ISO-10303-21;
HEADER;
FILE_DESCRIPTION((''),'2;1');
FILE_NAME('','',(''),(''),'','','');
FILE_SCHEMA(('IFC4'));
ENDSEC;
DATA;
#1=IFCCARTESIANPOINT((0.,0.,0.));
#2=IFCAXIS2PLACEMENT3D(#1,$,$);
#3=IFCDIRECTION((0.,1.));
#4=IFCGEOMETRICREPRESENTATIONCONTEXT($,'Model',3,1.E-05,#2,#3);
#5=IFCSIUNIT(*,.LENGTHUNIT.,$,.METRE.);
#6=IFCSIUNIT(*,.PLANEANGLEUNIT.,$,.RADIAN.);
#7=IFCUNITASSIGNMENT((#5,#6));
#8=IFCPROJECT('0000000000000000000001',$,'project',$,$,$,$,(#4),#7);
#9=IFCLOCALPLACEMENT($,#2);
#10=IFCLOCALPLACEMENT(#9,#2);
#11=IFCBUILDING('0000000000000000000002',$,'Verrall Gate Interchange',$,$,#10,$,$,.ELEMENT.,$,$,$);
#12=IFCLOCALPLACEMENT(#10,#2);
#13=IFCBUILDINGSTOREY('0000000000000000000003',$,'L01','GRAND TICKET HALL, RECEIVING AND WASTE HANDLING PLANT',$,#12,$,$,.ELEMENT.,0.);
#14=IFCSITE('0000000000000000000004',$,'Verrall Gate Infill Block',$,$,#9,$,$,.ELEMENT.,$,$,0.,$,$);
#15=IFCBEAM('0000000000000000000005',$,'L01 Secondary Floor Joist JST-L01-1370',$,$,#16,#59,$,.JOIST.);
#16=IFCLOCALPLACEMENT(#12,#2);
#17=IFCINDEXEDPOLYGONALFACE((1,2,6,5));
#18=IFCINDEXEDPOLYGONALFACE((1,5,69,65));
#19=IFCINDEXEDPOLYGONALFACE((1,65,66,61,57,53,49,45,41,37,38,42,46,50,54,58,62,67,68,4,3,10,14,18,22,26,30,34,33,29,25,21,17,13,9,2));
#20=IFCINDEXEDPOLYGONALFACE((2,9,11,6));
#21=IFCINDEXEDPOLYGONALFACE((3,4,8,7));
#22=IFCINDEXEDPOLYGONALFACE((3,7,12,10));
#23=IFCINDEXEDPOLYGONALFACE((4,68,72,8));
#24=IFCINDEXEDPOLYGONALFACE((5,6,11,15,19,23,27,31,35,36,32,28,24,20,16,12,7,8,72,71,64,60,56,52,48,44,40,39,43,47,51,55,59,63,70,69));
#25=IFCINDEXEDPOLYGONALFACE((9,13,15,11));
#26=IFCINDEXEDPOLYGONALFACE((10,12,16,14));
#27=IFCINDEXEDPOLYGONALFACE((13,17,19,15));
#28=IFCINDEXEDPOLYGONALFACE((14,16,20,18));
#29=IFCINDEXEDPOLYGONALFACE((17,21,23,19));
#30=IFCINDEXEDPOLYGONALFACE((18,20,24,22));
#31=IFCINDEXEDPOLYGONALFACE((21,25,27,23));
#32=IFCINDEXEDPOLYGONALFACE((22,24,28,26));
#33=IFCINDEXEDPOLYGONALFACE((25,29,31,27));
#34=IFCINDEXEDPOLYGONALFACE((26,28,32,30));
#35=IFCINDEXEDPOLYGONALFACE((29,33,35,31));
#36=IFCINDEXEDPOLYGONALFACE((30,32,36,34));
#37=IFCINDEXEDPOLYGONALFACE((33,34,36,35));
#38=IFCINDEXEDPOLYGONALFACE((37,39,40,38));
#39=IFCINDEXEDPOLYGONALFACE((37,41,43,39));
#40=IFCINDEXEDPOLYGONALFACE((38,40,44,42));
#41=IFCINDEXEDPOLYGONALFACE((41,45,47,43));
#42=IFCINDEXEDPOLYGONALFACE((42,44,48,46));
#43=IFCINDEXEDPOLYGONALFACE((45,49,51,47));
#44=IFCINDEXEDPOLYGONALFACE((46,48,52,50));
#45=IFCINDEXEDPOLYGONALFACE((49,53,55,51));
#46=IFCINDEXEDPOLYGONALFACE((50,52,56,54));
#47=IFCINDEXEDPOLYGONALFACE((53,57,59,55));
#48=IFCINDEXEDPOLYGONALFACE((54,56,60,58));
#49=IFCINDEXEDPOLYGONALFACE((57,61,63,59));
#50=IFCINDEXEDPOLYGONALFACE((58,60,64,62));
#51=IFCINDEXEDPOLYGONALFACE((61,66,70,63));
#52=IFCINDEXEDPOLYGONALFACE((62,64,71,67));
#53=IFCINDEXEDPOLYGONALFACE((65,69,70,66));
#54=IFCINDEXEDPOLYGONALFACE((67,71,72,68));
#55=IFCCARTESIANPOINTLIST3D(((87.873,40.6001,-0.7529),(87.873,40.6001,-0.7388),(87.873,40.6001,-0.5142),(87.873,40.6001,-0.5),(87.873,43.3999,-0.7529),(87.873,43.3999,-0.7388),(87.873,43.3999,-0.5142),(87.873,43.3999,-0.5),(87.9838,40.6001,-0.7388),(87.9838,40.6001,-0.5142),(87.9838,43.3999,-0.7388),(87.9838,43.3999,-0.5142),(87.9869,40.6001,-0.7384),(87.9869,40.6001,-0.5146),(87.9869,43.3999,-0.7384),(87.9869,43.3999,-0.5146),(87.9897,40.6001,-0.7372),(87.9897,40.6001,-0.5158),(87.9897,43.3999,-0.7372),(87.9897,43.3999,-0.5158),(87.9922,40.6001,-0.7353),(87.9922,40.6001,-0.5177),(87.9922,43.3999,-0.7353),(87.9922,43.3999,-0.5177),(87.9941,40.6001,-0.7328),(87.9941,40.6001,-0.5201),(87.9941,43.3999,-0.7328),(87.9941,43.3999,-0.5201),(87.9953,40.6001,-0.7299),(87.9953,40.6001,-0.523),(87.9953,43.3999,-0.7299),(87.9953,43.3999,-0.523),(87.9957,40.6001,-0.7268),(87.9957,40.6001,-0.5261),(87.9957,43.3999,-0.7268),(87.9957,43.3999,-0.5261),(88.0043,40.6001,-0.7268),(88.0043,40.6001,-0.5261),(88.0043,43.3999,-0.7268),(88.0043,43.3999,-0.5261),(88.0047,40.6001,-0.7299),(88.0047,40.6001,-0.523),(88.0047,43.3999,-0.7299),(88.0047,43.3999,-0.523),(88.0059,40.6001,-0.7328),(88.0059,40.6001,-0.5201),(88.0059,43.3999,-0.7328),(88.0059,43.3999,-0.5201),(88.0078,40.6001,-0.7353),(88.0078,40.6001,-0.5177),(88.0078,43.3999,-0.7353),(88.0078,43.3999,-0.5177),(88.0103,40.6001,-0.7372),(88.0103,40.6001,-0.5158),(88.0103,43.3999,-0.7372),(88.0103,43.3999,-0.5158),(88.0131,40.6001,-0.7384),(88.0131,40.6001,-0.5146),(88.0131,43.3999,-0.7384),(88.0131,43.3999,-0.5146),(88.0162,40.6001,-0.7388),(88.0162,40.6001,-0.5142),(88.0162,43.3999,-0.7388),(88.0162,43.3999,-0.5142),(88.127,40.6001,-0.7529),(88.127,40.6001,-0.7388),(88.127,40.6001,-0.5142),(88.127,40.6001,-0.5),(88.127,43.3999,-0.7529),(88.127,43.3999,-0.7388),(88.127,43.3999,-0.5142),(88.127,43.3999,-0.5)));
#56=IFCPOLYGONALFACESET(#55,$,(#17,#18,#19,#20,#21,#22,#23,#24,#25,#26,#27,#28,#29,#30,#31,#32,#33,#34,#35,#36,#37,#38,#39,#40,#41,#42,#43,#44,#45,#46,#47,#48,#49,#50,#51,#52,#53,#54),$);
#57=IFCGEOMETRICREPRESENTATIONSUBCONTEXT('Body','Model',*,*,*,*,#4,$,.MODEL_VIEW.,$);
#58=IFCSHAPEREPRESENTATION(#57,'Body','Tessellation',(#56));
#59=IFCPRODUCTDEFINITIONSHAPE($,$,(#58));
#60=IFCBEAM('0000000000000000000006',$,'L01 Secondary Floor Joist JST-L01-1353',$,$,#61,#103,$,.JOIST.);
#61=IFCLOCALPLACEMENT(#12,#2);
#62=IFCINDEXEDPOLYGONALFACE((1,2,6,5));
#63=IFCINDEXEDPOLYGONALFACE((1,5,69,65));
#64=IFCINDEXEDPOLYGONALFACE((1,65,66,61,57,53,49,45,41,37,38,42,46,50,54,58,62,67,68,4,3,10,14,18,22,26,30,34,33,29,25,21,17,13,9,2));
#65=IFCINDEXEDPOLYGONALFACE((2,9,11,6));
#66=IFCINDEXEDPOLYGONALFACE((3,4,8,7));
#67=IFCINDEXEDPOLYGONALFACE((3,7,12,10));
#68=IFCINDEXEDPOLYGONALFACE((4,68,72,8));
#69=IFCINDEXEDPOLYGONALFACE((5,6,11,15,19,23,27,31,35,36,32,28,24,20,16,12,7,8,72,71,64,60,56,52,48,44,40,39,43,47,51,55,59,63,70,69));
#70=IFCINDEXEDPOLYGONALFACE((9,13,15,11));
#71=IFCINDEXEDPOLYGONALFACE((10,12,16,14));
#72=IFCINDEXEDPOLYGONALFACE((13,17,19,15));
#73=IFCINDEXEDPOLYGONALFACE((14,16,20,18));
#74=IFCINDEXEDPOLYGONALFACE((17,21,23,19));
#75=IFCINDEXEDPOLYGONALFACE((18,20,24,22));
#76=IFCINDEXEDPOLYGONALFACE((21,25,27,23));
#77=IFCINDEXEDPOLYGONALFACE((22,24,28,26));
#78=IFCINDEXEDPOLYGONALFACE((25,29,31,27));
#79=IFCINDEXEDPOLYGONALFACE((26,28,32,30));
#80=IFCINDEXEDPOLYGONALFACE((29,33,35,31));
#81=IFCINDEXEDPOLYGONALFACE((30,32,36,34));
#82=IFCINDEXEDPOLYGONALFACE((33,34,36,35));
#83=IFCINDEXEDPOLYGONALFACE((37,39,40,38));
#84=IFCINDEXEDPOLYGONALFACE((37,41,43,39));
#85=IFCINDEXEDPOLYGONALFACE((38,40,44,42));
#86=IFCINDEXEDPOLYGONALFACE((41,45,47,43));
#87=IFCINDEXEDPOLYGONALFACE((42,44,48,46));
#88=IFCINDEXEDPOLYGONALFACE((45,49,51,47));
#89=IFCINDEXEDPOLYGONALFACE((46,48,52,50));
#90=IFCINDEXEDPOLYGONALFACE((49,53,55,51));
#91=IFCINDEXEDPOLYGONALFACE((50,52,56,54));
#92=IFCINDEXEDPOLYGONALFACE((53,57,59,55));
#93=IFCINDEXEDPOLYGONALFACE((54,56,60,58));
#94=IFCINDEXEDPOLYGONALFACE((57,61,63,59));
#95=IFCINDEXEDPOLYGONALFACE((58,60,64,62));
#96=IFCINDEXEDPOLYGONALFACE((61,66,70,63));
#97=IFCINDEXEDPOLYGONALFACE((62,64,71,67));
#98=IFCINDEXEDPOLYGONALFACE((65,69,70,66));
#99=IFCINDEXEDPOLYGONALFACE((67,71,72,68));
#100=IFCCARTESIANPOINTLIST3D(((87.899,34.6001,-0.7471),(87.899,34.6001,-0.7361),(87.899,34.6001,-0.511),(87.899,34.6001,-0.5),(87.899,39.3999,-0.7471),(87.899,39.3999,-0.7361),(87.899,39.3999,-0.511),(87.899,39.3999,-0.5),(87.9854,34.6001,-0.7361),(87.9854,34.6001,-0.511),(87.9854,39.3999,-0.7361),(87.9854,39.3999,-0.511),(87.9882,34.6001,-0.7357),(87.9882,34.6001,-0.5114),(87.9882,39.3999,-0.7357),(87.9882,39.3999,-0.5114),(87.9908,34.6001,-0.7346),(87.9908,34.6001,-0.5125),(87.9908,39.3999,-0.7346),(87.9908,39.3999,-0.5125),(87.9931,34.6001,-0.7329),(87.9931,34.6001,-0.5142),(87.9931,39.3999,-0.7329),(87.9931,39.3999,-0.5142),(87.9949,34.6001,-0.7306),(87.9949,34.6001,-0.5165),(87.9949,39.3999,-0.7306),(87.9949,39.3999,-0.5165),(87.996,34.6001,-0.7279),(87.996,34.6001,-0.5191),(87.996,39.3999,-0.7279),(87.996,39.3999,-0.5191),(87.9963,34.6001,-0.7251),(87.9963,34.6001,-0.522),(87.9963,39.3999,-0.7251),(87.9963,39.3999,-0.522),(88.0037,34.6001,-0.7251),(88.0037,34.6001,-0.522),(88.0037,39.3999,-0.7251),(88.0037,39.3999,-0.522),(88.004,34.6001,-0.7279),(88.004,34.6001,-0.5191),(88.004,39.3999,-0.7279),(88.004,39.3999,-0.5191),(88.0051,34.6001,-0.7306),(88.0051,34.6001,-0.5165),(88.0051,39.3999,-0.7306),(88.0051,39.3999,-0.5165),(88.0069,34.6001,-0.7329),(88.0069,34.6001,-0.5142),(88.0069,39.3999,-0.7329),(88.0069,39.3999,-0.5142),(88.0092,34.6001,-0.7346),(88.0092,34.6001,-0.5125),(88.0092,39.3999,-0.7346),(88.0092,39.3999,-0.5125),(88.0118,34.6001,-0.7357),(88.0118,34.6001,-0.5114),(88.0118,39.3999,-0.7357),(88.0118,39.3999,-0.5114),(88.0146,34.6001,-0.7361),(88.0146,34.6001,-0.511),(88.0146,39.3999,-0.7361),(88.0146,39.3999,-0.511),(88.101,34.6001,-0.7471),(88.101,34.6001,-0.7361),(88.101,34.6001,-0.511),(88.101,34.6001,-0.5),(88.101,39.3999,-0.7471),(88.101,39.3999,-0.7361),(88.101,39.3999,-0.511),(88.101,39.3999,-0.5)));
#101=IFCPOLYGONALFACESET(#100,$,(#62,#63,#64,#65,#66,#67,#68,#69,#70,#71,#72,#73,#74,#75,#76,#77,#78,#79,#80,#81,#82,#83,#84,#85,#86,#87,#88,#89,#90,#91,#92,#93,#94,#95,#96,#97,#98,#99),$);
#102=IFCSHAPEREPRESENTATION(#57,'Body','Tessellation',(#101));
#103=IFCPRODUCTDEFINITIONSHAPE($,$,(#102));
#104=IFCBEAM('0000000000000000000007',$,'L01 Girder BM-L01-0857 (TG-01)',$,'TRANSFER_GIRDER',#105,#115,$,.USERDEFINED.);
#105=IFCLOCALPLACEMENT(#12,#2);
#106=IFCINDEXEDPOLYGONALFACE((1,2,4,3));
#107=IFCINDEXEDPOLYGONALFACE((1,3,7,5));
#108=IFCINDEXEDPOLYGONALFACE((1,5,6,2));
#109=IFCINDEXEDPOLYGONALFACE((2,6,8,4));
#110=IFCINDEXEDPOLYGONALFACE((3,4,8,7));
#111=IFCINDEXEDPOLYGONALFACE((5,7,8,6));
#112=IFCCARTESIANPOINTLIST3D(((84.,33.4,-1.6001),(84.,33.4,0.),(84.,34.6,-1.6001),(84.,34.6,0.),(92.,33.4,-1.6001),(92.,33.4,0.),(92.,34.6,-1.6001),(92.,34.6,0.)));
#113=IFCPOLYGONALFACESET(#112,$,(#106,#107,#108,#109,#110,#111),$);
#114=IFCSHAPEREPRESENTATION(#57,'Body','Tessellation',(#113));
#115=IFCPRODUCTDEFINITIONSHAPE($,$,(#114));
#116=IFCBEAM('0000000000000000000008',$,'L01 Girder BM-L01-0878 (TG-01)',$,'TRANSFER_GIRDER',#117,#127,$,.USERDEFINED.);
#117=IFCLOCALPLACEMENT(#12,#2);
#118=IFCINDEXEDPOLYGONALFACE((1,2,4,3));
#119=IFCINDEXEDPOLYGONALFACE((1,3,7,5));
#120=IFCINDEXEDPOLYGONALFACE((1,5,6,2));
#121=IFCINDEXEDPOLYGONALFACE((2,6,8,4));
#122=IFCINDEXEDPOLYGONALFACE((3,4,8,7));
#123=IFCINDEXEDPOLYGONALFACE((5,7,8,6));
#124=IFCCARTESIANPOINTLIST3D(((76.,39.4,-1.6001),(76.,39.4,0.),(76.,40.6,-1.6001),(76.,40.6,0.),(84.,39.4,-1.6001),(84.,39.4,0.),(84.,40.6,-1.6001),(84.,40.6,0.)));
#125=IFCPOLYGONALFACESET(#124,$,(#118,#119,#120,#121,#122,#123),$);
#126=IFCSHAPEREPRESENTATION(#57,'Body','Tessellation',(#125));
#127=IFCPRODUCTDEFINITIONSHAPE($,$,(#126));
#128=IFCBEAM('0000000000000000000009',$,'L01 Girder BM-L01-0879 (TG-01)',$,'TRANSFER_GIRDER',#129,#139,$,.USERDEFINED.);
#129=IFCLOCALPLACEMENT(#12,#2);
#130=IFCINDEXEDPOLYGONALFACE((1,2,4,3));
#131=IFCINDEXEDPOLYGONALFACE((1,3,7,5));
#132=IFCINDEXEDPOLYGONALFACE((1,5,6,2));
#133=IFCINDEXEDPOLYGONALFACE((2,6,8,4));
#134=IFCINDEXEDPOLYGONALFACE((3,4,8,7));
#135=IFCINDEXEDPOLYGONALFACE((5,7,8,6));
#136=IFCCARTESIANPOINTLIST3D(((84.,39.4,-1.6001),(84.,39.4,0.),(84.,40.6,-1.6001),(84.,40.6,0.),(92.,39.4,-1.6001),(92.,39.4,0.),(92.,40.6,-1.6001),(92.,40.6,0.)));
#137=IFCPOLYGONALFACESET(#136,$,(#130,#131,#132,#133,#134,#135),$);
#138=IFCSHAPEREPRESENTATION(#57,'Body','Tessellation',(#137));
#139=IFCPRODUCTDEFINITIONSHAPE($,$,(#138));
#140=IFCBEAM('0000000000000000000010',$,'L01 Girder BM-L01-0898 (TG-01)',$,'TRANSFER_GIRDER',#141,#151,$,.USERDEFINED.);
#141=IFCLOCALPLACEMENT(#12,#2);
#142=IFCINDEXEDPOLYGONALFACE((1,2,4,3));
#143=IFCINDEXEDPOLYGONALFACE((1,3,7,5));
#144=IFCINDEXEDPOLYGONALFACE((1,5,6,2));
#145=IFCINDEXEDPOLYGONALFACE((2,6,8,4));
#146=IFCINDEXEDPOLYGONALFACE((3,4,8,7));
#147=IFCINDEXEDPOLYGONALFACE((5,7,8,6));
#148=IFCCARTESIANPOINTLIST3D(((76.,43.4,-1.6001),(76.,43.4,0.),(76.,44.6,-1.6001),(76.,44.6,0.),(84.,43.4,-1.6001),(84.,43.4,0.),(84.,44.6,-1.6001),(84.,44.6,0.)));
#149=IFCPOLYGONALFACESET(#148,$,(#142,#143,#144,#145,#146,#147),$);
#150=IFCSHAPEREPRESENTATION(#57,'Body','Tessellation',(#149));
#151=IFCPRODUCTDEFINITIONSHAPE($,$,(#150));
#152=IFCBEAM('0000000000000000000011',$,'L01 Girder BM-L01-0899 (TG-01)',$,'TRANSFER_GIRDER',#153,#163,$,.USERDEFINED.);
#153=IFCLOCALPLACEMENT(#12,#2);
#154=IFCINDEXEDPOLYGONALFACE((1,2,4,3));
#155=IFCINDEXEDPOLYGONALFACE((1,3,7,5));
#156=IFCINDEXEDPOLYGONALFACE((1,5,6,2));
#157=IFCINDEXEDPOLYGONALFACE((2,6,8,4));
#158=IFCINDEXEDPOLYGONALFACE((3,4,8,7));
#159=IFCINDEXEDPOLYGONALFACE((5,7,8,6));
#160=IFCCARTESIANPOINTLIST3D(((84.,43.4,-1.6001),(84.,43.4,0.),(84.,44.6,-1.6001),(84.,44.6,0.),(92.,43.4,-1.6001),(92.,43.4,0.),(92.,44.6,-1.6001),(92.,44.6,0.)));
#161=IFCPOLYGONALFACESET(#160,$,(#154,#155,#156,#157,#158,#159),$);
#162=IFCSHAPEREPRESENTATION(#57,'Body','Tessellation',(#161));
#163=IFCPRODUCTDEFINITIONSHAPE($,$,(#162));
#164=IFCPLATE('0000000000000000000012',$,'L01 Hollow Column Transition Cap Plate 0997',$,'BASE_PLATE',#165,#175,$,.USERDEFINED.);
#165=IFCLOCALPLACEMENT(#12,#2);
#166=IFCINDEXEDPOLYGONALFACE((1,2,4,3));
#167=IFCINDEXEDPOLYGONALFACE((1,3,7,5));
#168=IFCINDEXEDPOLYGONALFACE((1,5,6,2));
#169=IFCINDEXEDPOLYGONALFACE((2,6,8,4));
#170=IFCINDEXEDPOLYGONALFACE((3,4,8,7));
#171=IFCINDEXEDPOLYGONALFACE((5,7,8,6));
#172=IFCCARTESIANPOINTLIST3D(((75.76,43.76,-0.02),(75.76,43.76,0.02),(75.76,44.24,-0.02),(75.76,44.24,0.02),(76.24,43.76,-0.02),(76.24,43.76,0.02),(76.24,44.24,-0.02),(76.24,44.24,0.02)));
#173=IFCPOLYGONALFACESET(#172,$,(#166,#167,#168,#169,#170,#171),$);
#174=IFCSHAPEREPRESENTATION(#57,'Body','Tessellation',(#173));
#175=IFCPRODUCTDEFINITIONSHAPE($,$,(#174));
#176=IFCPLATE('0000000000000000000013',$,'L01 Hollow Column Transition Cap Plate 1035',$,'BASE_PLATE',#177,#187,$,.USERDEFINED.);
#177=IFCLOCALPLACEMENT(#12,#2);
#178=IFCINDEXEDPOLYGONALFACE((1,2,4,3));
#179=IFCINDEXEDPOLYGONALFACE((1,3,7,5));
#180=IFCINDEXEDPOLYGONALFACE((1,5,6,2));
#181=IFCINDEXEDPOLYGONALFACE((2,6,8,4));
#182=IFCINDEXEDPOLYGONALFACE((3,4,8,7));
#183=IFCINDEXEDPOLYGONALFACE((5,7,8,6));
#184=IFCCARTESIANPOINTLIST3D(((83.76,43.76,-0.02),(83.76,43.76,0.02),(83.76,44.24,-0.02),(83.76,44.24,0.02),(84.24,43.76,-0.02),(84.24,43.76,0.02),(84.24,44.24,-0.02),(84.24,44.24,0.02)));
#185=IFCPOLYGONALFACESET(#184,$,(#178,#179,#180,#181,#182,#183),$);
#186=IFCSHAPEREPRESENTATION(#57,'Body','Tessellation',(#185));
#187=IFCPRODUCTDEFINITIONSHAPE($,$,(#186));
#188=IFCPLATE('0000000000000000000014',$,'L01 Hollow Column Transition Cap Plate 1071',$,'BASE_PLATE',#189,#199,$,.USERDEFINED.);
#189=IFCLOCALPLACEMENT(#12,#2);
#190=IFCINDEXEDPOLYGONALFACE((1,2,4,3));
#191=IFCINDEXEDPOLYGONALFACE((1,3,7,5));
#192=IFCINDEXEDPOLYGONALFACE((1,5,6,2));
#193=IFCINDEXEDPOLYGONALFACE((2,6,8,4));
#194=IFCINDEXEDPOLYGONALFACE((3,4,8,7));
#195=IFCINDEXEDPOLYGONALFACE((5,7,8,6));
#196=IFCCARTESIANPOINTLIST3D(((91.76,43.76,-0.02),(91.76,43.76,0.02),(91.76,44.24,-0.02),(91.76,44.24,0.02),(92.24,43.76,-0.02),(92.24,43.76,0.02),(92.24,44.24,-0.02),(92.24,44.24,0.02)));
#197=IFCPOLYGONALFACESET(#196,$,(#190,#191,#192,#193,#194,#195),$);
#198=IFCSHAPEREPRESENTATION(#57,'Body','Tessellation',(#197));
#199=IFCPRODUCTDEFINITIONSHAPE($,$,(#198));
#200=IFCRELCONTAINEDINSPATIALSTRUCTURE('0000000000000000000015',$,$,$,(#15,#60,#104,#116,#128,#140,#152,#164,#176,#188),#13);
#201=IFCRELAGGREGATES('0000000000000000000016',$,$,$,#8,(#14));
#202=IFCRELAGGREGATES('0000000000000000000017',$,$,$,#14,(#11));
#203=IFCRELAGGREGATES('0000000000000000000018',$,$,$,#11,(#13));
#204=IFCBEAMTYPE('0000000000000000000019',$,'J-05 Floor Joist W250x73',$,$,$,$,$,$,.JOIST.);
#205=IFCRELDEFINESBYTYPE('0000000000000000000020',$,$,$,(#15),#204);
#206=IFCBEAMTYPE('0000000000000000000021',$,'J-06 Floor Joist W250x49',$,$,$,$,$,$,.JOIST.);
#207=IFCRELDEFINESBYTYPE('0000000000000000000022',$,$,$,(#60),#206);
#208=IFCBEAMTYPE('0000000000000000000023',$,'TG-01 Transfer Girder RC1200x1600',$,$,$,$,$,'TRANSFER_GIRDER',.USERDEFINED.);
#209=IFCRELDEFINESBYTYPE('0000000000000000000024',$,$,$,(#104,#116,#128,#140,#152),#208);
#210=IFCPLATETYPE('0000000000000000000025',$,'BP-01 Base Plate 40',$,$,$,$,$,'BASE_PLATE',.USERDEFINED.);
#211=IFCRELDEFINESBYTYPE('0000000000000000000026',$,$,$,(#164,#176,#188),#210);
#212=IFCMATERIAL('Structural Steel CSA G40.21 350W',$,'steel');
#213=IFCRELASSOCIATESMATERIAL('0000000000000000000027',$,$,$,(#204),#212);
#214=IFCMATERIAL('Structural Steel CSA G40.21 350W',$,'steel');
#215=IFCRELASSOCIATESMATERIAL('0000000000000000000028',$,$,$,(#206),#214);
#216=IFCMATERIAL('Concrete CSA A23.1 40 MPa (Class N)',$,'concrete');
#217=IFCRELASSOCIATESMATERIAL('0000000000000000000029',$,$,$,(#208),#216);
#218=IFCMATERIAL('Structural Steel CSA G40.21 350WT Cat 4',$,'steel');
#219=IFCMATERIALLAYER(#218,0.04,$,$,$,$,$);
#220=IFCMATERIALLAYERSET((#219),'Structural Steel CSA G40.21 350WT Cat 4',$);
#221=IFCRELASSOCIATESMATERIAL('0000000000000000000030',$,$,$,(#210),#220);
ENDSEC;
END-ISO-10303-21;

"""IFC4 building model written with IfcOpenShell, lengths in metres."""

from ifc_helpers import new_model, si_unit, direction, frame, origin, origin_2d, place, context, subcontext, project, spatial, rectangle, i_section, extrude, material, layer, layer_set, material_profile, profile_set, type_object, element, save


model = new_model("IFC4")

# Units and contexts
model_context = context("Model", 3, precision=1e-05, world=origin(), true_north=direction((0.0, 1.0)))
body_context = subcontext(model_context, "Body", "Model", "MODEL_VIEW")
ifc_project = project(units=[si_unit("LENGTHUNIT", "METRE"), si_unit("PLANEANGLEUNIT", "RADIAN")], contexts=[model_context])

# Site, building, storey
site_placement = place(None, origin())
site = spatial("IfcSite", under=ifc_project, at=site_placement, Name="Verrall Gate Infill Block", CompositionType="ELEMENT", RefElevation=0.0)
building_placement = place(site_placement, origin())
building = spatial("IfcBuilding", under=site, at=building_placement, Name="Verrall Gate Interchange", CompositionType="ELEMENT")
storey_placement = place(building_placement, origin())
storey = spatial("IfcBuildingStorey", under=building, at=storey_placement, Name="L01", Description="GRAND TICKET HALL, RECEIVING AND WASTE HANDLING PLANT", CompositionType="ELEMENT", Elevation=0.0)

# Beams
ifc_material_1 = material(Name="Structural Steel CSA G40.21 350W", Category="steel")
ifc_material_profile_1 = material_profile(ifc_material_1, i_section(OverallWidth=0.2539, OverallDepth=0.2529, WebThickness=0.0085, FlangeThickness=0.0142, FilletRadius=0.012, at=origin_2d()), Name="W250x73")
ifc_profile_set_1 = profile_set([ifc_material_profile_1], Name="Structural Steel CSA G40.21 350W")
beam_type_1 = type_object("IfcBeamType", Name="J-05 Floor Joist W250x73", PredefinedType="JOIST", material=ifc_profile_set_1)
beam_1_placement = place(storey_placement, frame((88.0, 40.6001, -0.6265), z_axis=(0.0, 1.0, 0.0), x_axis=(-1.0, 0.0, 0.0)))
element("IfcBeam", 1, at=beam_1_placement, inside=storey, type_object=beam_type_1, Name="L01 Secondary Floor Joist JST-L01-1370", PredefinedType="JOIST", context=body_context, shape_type="SweptSolid", body=[
    extrude(i_section(OverallWidth=0.2539, OverallDepth=0.2529, WebThickness=0.0085, FlangeThickness=0.0142, FilletRadius=0.012, at=origin_2d()), origin(), (0.0, 0.0, 1.0), 2.7998),
])
ifc_material_2 = material(Name="Structural Steel CSA G40.21 350W", Category="steel")
ifc_material_profile_2 = material_profile(ifc_material_2, i_section(OverallWidth=0.2019, OverallDepth=0.2471, WebThickness=0.0073, FlangeThickness=0.011, FilletRadius=0.011, at=origin_2d()), Name="W250x49")
ifc_profile_set_2 = profile_set([ifc_material_profile_2], Name="Structural Steel CSA G40.21 350W")
beam_type_2 = type_object("IfcBeamType", Name="J-06 Floor Joist W250x49", PredefinedType="JOIST", material=ifc_profile_set_2)
beam_2_placement = place(storey_placement, frame((88.0, 34.6001, -0.6235), z_axis=(0.0, 1.0, 0.0), x_axis=(-1.0, 0.0, 0.0)))
element("IfcBeam", 2, at=beam_2_placement, inside=storey, type_object=beam_type_2, Name="L01 Secondary Floor Joist JST-L01-1353", PredefinedType="JOIST", context=body_context, shape_type="SweptSolid", body=[
    extrude(i_section(OverallWidth=0.2019, OverallDepth=0.2471, WebThickness=0.0073, FlangeThickness=0.011, FilletRadius=0.011, at=origin_2d()), origin(), (0.0, 0.0, 1.0), 4.7998),
])
ifc_material_3 = material(Name="Concrete CSA A23.1 40 MPa (Class N)", Category="concrete")
ifc_material_profile_3 = material_profile(ifc_material_3, rectangle(XDim=1.2, YDim=1.6001, at=origin_2d()), Name="RC1200x1600")
ifc_profile_set_3 = profile_set([ifc_material_profile_3], Name="Concrete CSA A23.1 40 MPa (Class N)")
beam_type_3 = type_object("IfcBeamType", Name="TG-01 Transfer Girder RC1200x1600", ElementType="TRANSFER_GIRDER", PredefinedType="USERDEFINED", material=ifc_profile_set_3)
for number, where, z_axis, x_axis, name in (
    (3, (84.0, 34.0, -0.8), (1.0, 0.0, 0.0), (0.0, 1.0, 0.0), "L01 Girder BM-L01-0857 (TG-01)"),
    (4, (76.0, 40.0, -0.8), (1.0, 0.0, 0.0), (0.0, 1.0, 0.0), "L01 Girder BM-L01-0878 (TG-01)"),
    (5, (84.0, 40.0, -0.8), (1.0, 0.0, 0.0), (0.0, 1.0, 0.0), "L01 Girder BM-L01-0879 (TG-01)"),
    (6, (76.0, 44.0, -0.8), (1.0, 0.0, 0.0), (0.0, 1.0, 0.0), "L01 Girder BM-L01-0898 (TG-01)"),
    (7, (84.0, 44.0, -0.8), (1.0, 0.0, 0.0), (0.0, 1.0, 0.0), "L01 Girder BM-L01-0899 (TG-01)"),
):
    element("IfcBeam", number, at=place(storey_placement, frame(where, z_axis=z_axis, x_axis=x_axis)), inside=storey, type_object=beam_type_3, Name=name, ObjectType="TRANSFER_GIRDER", PredefinedType="USERDEFINED", context=body_context, shape_type="SweptSolid", body=[
        extrude(rectangle(XDim=1.2, YDim=1.6001, at=origin_2d()), origin(), (0.0, 0.0, 1.0), 8.0),
    ])

# Plates
ifc_material_4 = material(Name="Structural Steel CSA G40.21 350WT Cat 4", Category="steel")
ifc_layer = layer(ifc_material_4, 0.04)
ifc_layer_set = layer_set([ifc_layer], Name="Structural Steel CSA G40.21 350WT Cat 4")
plate_type = type_object("IfcPlateType", Name="BP-01 Base Plate 40", ElementType="BASE_PLATE", PredefinedType="USERDEFINED", material=ifc_layer_set)
for number, where, z_axis, x_axis, name in (
    (8, (76.0, 44.0, -0.02), (0.0, 0.0, 1.0), (1.0, 0.0, 0.0), "L01 Hollow Column Transition Cap Plate 0997"),
    (9, (84.0, 44.0, -0.02), (0.0, 0.0, 1.0), (1.0, 0.0, 0.0), "L01 Hollow Column Transition Cap Plate 1035"),
    (10, (92.0, 44.0, -0.02), (0.0, 0.0, 1.0), (1.0, 0.0, 0.0), "L01 Hollow Column Transition Cap Plate 1071"),
):
    element("IfcPlate", number, at=place(storey_placement, frame(where, z_axis=z_axis, x_axis=x_axis)), inside=storey, type_object=plate_type, Name=name, ObjectType="BASE_PLATE", PredefinedType="USERDEFINED", context=body_context, shape_type="SweptSolid", body=[
        extrude(rectangle(XDim=0.48, YDim=0.48, at=origin_2d()), origin(), (0.0, 0.0, 1.0), 0.04),
    ])

save(model, "model.ifc")
